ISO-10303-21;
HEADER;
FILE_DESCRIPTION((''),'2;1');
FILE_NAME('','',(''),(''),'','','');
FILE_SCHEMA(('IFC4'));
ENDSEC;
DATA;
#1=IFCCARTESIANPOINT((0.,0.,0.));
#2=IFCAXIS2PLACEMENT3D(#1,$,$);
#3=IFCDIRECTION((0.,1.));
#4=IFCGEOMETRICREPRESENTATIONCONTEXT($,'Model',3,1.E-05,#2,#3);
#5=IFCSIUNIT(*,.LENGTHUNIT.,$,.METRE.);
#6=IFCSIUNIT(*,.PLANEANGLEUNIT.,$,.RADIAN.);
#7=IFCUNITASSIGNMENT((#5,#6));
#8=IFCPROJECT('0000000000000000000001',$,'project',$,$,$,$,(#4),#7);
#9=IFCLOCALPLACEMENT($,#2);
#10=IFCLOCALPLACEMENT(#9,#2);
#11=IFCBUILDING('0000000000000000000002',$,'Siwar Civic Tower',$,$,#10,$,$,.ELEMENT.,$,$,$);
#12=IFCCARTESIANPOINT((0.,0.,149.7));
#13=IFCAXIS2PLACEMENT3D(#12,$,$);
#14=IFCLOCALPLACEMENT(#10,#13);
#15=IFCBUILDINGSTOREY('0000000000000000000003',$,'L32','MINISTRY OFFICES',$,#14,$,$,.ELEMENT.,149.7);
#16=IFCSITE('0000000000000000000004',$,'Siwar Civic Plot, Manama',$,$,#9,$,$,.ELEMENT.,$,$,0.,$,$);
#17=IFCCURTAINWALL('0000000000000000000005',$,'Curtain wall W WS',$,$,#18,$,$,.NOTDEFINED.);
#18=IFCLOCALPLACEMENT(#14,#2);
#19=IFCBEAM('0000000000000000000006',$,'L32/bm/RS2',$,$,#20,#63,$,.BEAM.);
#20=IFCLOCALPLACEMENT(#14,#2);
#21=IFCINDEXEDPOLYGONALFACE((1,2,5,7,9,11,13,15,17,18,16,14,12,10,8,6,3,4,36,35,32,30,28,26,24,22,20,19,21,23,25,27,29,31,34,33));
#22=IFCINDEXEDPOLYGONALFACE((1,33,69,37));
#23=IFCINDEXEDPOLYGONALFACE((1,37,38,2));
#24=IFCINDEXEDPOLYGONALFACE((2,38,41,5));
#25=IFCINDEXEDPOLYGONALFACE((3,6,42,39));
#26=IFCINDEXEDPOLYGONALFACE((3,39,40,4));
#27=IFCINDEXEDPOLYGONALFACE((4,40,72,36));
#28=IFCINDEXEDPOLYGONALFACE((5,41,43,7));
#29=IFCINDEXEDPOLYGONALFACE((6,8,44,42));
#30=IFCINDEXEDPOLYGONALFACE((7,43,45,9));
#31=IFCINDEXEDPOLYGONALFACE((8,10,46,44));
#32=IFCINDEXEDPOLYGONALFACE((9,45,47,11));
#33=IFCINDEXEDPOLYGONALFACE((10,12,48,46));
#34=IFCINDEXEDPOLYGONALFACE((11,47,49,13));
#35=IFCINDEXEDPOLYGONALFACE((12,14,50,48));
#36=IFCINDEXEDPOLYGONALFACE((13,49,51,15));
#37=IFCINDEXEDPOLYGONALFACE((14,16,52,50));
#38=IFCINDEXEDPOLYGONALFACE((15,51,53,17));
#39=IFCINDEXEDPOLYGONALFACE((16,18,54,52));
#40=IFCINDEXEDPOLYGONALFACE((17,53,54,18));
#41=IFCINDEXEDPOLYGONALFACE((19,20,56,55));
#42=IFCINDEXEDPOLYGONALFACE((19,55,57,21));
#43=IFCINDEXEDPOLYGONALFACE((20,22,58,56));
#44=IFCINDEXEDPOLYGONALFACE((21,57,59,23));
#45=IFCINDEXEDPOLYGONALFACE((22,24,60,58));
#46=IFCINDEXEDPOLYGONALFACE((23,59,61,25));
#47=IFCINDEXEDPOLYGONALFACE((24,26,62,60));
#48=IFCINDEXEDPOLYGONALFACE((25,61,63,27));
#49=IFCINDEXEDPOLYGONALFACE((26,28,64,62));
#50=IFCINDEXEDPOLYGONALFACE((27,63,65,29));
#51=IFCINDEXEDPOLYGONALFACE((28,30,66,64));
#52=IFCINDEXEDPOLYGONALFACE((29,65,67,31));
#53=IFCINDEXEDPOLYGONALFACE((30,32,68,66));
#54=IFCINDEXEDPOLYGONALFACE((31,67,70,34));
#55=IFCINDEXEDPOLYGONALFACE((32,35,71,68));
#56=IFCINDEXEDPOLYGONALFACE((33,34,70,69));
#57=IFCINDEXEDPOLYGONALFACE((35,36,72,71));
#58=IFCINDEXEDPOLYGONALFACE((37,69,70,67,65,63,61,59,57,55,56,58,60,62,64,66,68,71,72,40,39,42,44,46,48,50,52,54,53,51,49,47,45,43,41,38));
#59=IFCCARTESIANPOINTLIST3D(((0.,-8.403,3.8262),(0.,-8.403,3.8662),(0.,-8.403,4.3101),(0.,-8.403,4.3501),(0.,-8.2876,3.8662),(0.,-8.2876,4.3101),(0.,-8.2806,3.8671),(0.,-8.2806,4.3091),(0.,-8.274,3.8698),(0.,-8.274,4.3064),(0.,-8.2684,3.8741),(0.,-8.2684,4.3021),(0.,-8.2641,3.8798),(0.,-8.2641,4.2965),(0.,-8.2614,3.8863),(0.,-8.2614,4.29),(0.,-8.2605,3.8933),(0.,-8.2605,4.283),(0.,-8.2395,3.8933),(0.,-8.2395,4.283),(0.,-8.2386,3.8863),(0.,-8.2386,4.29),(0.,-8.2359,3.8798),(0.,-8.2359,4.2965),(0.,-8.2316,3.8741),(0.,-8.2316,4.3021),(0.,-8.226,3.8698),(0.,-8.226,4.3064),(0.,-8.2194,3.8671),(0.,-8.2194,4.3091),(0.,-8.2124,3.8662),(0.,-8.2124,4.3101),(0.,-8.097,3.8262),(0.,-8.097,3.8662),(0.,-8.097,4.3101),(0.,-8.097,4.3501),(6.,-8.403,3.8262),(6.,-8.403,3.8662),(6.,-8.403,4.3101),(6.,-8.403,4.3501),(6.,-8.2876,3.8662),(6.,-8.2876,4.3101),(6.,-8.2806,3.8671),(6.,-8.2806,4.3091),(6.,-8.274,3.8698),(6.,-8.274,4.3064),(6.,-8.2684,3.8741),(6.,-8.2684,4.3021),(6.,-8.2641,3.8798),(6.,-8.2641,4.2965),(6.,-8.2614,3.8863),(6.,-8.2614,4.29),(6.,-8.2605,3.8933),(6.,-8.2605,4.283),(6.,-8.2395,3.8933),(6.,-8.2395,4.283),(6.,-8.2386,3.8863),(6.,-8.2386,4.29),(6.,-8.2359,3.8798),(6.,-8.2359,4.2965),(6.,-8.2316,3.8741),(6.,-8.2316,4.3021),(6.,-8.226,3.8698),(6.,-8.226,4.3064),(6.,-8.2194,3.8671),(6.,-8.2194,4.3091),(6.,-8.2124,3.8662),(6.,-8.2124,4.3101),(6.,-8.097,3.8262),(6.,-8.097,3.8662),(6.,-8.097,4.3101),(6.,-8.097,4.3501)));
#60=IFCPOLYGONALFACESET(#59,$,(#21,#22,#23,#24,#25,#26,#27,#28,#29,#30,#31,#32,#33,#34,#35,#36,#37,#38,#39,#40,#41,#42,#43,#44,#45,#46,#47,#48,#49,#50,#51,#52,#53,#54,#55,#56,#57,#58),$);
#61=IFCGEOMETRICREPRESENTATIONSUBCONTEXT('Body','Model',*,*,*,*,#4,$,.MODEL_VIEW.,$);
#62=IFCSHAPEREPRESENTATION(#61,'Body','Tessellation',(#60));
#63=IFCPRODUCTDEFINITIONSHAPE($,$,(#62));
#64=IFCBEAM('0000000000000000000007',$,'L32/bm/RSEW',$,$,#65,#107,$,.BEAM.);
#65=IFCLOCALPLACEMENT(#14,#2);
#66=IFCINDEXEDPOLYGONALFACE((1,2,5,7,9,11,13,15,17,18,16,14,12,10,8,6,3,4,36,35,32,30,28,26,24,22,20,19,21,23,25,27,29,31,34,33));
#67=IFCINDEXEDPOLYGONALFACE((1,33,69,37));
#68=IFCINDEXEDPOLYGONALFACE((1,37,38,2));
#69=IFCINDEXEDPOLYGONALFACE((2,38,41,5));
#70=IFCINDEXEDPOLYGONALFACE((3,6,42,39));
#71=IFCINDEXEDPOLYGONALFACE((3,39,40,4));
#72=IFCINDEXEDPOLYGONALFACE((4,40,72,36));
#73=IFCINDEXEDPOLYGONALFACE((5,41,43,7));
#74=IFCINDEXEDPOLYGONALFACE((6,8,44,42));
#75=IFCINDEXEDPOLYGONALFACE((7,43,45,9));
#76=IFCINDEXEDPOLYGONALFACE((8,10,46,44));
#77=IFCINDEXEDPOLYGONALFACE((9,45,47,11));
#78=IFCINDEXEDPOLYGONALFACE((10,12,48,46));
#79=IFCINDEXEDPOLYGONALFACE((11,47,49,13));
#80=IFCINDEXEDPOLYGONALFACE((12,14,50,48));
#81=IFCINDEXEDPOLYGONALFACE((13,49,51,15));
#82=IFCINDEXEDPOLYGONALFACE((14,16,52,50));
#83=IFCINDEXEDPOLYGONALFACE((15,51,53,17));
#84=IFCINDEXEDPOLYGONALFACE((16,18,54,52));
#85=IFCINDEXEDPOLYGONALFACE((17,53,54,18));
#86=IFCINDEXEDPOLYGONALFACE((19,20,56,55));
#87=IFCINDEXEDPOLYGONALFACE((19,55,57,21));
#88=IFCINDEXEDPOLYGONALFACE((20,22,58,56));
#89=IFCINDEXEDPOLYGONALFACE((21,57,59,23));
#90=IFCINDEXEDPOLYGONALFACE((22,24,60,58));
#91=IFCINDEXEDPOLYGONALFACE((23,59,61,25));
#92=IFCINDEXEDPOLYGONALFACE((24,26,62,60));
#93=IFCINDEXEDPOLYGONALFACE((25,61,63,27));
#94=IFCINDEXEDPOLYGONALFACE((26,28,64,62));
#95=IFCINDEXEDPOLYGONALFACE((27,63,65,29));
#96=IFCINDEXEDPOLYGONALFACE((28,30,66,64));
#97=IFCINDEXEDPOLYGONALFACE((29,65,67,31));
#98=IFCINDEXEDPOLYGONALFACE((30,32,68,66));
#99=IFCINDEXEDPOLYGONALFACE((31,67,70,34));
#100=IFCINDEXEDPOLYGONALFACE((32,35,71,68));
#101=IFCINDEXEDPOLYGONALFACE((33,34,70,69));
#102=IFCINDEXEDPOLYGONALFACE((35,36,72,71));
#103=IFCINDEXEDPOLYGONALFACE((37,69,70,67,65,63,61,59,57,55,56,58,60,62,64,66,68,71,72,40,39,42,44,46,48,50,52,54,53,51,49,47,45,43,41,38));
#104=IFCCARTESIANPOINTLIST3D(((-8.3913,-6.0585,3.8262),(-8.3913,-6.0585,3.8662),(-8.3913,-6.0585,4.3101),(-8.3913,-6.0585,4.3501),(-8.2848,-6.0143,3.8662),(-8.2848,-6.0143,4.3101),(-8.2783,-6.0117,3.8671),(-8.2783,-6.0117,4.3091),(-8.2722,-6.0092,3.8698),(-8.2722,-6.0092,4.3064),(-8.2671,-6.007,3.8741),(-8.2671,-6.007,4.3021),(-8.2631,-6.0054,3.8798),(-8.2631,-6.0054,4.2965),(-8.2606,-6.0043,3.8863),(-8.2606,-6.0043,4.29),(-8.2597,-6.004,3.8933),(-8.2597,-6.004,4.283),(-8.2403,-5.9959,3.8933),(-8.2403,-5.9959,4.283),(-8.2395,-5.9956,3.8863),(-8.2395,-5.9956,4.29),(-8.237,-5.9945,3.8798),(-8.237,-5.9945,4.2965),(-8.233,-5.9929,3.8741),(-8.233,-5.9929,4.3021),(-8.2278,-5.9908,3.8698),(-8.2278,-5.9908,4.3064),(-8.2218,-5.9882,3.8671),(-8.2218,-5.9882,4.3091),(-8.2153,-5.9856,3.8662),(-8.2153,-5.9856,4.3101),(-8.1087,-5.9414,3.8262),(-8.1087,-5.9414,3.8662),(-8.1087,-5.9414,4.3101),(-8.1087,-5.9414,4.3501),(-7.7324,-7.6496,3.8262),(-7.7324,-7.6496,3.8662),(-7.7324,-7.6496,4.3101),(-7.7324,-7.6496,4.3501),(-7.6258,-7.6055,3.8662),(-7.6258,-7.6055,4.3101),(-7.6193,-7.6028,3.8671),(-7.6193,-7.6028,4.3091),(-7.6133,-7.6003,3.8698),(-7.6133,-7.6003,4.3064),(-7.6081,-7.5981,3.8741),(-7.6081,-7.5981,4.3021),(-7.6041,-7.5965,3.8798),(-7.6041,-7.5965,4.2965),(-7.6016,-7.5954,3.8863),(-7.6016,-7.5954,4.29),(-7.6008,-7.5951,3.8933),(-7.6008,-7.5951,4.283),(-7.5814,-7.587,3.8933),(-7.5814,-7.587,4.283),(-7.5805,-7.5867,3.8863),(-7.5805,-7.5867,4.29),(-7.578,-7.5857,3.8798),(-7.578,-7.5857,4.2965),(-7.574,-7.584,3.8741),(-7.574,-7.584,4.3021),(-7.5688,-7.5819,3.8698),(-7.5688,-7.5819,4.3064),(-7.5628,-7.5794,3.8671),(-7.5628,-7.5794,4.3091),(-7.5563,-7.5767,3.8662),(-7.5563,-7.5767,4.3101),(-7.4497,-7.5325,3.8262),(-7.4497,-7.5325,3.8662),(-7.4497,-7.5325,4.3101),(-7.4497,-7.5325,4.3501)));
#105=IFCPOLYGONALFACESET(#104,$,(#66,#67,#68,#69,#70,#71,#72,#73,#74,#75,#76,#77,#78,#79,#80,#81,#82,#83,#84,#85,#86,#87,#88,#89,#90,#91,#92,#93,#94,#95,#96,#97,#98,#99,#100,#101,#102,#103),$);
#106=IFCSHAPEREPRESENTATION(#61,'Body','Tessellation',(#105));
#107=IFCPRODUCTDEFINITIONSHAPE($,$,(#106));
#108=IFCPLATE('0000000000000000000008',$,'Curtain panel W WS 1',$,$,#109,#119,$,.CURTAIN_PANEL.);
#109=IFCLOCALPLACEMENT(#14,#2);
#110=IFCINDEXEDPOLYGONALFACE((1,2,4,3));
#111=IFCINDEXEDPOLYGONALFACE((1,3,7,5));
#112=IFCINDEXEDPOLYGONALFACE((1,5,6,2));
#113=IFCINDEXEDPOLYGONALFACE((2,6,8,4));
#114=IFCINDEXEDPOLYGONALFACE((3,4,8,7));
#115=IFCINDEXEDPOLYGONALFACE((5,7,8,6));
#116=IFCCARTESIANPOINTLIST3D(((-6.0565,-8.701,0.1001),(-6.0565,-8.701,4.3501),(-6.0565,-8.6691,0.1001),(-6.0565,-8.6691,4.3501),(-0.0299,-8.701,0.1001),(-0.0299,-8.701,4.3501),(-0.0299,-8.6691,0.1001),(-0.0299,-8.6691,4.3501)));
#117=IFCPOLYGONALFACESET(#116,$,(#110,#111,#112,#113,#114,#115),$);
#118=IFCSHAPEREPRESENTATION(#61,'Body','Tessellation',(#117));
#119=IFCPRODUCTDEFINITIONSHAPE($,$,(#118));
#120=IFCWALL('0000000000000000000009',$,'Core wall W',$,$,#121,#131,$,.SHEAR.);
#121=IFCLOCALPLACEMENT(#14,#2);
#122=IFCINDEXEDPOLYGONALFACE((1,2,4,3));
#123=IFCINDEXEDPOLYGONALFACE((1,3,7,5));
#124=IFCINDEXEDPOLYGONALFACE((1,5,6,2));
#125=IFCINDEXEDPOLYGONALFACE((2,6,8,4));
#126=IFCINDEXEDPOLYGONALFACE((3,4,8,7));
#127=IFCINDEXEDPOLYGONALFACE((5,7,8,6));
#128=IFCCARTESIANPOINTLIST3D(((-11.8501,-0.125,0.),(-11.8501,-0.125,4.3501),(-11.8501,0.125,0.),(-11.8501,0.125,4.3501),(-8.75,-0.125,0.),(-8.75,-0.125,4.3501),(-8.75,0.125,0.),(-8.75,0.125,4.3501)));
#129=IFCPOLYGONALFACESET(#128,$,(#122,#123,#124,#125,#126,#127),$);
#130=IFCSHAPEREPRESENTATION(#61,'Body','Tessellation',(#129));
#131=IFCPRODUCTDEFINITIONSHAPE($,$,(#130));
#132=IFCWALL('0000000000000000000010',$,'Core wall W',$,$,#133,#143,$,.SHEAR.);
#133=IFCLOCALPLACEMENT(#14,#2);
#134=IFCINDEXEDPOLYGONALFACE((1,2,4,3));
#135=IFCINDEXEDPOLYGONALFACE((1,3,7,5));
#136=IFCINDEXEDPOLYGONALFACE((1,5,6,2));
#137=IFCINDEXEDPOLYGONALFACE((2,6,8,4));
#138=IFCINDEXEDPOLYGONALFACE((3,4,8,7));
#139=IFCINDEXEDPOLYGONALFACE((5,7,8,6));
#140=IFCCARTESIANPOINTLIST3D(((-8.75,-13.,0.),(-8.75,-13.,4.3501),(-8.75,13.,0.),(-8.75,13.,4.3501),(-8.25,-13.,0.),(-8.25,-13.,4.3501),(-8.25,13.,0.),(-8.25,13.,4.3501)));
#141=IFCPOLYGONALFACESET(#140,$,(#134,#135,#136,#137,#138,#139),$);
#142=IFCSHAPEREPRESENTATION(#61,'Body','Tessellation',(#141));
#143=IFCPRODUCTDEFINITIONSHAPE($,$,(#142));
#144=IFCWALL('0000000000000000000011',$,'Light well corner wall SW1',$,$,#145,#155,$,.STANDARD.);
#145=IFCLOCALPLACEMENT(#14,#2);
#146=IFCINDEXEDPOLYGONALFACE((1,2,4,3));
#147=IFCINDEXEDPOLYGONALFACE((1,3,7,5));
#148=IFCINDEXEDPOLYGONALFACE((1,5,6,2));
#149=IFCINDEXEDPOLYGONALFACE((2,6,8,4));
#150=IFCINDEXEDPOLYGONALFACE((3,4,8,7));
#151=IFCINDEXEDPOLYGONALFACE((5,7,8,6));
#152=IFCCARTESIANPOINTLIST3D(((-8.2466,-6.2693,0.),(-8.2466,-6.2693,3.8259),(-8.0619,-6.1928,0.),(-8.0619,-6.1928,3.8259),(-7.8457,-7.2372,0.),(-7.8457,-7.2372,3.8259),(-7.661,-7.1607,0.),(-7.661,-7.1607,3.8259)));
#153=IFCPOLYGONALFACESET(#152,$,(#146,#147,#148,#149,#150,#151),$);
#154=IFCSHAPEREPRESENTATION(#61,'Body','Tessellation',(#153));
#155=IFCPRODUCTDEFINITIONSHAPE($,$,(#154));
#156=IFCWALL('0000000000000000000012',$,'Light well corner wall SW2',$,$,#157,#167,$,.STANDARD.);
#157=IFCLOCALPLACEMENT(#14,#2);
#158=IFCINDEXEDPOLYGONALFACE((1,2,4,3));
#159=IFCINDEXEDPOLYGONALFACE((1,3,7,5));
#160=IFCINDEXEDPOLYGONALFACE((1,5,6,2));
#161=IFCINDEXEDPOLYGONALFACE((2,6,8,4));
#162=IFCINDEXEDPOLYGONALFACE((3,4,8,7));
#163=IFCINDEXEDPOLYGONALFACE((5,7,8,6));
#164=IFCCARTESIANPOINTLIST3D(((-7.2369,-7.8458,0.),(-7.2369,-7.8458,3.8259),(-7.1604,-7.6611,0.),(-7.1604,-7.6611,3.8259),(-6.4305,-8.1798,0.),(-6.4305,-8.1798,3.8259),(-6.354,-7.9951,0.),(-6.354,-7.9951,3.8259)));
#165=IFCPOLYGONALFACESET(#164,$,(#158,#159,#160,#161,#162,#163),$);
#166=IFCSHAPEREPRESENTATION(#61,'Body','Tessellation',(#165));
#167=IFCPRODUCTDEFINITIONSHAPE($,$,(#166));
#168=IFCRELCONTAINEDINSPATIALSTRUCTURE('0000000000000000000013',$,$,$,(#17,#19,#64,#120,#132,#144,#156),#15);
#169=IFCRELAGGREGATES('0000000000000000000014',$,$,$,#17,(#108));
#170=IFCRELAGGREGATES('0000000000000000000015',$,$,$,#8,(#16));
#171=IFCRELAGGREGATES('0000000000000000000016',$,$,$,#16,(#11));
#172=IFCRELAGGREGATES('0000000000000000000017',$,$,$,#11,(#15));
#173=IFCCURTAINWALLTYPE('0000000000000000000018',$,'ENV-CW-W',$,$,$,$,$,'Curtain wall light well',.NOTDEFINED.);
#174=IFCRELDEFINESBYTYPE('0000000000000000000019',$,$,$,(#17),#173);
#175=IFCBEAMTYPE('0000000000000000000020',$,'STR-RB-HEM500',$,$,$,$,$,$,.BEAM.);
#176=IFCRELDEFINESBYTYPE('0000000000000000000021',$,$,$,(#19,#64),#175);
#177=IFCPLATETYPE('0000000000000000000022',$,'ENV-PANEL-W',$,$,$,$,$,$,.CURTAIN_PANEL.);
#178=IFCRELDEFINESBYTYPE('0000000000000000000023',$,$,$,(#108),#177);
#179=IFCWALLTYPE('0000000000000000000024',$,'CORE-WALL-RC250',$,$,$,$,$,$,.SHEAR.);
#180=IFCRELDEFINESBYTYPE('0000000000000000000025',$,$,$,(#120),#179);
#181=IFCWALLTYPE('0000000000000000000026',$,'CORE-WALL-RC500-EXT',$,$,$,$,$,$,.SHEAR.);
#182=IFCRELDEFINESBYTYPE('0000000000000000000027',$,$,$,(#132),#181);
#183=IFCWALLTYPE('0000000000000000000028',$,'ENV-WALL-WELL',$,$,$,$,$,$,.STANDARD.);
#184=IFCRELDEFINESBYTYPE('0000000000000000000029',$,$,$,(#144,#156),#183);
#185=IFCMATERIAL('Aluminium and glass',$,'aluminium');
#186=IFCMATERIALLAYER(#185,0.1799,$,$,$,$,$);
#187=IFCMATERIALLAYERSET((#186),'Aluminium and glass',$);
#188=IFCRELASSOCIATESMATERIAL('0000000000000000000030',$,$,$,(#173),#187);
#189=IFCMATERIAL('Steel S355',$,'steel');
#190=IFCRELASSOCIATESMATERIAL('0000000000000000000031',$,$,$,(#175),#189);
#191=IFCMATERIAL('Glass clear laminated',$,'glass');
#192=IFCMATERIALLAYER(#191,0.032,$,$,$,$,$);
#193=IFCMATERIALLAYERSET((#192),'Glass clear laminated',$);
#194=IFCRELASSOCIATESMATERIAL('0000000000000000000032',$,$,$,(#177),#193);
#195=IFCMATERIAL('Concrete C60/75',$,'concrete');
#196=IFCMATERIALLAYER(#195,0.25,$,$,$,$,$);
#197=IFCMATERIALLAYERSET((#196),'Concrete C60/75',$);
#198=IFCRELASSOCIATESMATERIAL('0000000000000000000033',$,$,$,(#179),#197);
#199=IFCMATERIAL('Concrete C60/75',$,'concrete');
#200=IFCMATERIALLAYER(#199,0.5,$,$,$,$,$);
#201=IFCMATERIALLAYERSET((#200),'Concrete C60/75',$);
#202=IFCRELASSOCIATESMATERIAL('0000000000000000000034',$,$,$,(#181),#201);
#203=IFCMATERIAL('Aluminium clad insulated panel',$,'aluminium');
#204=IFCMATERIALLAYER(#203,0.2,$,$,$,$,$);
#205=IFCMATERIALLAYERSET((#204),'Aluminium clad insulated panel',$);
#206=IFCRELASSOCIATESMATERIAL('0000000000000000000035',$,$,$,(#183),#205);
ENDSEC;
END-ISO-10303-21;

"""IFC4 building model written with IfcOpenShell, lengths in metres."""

from ifc_helpers import new_model, si_unit, direction, frame, frame_2d, origin, origin_2d, place, context, subcontext, project, spatial, rectangle, i_section, extrude, material, layer, layer_set, material_profile, profile_set, type_object, element, aggregate, save


model = new_model("IFC4")

# Units and contexts
model_context = context("Model", 3, precision=1e-05, world=origin(), true_north=direction((0.0, 1.0)))
body_context = subcontext(model_context, "Body", "Model", "MODEL_VIEW")
ifc_project = project(units=[si_unit("LENGTHUNIT", "METRE"), si_unit("PLANEANGLEUNIT", "RADIAN")], contexts=[model_context])

# Site, building, storey
site_placement = place(None, origin())
site = spatial("IfcSite", under=ifc_project, at=site_placement, Name="Siwar Civic Plot, Manama", CompositionType="ELEMENT", RefElevation=0.0)
building_placement = place(site_placement, origin())
building = spatial("IfcBuilding", under=site, at=building_placement, Name="Siwar Civic Tower", CompositionType="ELEMENT")
storey_placement = place(building_placement, frame((0.0, 0.0, 149.7)))
storey = spatial("IfcBuildingStorey", under=building, at=storey_placement, Name="L32", Description="MINISTRY OFFICES", CompositionType="ELEMENT", Elevation=149.7)

# Curtain wall
ifc_material_1 = material(Name="Aluminium and glass", Category="aluminium")
ifc_layer_1 = layer(ifc_material_1, 0.1799)
ifc_layer_set_1 = layer_set([ifc_layer_1], Name="Aluminium and glass")
curtain_wall_type = type_object("IfcCurtainWallType", Name="ENV-CW-W", ElementType="Curtain wall light well", PredefinedType="NOTDEFINED", material=ifc_layer_set_1)
curtain_wall_placement = place(storey_placement, origin())
curtain_wall = element("IfcCurtainWall", 1, at=curtain_wall_placement, inside=storey, type_object=curtain_wall_type, Name="Curtain wall W WS", PredefinedType="NOTDEFINED")

# Beams
ifc_material_2 = material(Name="Steel S355", Category="steel")
ifc_material_profile_1 = material_profile(ifc_material_2, i_section(OverallWidth=0.3059, OverallDepth=0.5239, WebThickness=0.021, FlangeThickness=0.04, FilletRadius=0.0271, at=origin_2d()), Name="HEM500")
ifc_profile_set_1 = profile_set([ifc_material_profile_1], Name="Steel S355")
beam_type = type_object("IfcBeamType", Name="STR-RB-HEM500", PredefinedType="BEAM", material=ifc_profile_set_1)
for number, where, z_axis, x_axis, name in (
    (2, (0.0, -8.25, 4.0881), (1.0, 0.0, 0.0), (0.0, 1.0, 0.0), "L32/bm/RS2"),
):
    element("IfcBeam", number, at=place(storey_placement, frame(where, z_axis=z_axis, x_axis=x_axis)), inside=storey, type_object=beam_type, Name=name, PredefinedType="BEAM", context=body_context, shape_type="SweptSolid", body=[
        extrude(i_section(OverallWidth=0.3059, OverallDepth=0.5239, WebThickness=0.021, FlangeThickness=0.04, FilletRadius=0.0271, at=origin_2d()), origin(), (0.0, 0.0, 1.0), 6.0),
    ])
beam_1_placement = place(storey_placement, frame((-7.5911, -7.5911, 4.0881), z_axis=(-0.382631, 0.923901, 0.0), x_axis=(-0.923901, -0.382631, 0.0)))
element("IfcBeam", 3, at=beam_1_placement, inside=storey, type_object=beam_type, Name="L32/bm/RSEW", PredefinedType="BEAM", context=body_context, shape_type="SweptSolid", body=[
    extrude(i_section(OverallWidth=0.3059, OverallDepth=0.5239, WebThickness=0.021, FlangeThickness=0.04, FilletRadius=0.0271, at=origin_2d()), origin(), (0.0, 0.0, 1.0), 1.7222),
])

# Plate
ifc_material_3 = material(Name="Glass clear laminated", Category="glass")
ifc_layer_2 = layer(ifc_material_3, 0.032)
ifc_layer_set_2 = layer_set([ifc_layer_2], Name="Glass clear laminated")
plate_type = type_object("IfcPlateType", Name="ENV-PANEL-W", PredefinedType="CURTAIN_PANEL", material=ifc_layer_set_2)
plate_placement = place(storey_placement, frame((-3.0432, -8.6851, 0.1001), z_axis=(0.0, 0.0, 1.0), x_axis=(1.0, 0.0, 0.0)))
plate = element("IfcPlate", 4, at=plate_placement, type_object=plate_type, Name="Curtain panel W WS 1", PredefinedType="CURTAIN_PANEL", context=body_context, shape_type="SweptSolid", body=[
    extrude(rectangle(XDim=6.0266, YDim=0.032, at=origin_2d()), origin(), (0.0, 0.0, 1.0), 4.25),
])
aggregate(curtain_wall, [plate])

# Walls
ifc_material_4 = material(Name="Concrete C60/75", Category="concrete")
ifc_layer_3 = layer(ifc_material_4, 0.25)
ifc_layer_set_3 = layer_set([ifc_layer_3], Name="Concrete C60/75")
wall_type_1 = type_object("IfcWallType", Name="CORE-WALL-RC250", PredefinedType="SHEAR", material=ifc_layer_set_3)
wall_1_placement = place(storey_placement, frame((-8.75, 0.0, 0.0), z_axis=(0.0, 0.0, 1.0), x_axis=(-1.0, 0.0, 0.0)))
element("IfcWall", 5, at=wall_1_placement, inside=storey, type_object=wall_type_1, Name="Core wall W", PredefinedType="SHEAR", context=body_context, shape_type="SweptSolid", body=[
    extrude(rectangle(XDim=3.1001, YDim=0.25, at=frame_2d((1.55, 0.0))), origin(), (0.0, 0.0, 1.0), 4.3501),
])
ifc_material_5 = material(Name="Concrete C60/75", Category="concrete")
ifc_layer_4 = layer(ifc_material_5, 0.5)
ifc_layer_set_4 = layer_set([ifc_layer_4], Name="Concrete C60/75")
wall_type_2 = type_object("IfcWallType", Name="CORE-WALL-RC500-EXT", PredefinedType="SHEAR", material=ifc_layer_set_4)
wall_2_placement = place(storey_placement, frame((-8.5, -13.0, 0.0), z_axis=(0.0, 0.0, 1.0), x_axis=(0.0, 1.0, 0.0)))
element("IfcWall", 6, at=wall_2_placement, inside=storey, type_object=wall_type_2, Name="Core wall W", PredefinedType="SHEAR", context=body_context, shape_type="SweptSolid", body=[
    extrude(rectangle(XDim=26.0, YDim=0.5, at=frame_2d((13.0, 0.0))), origin(), (0.0, 0.0, 1.0), 4.3501),
])
ifc_material_6 = material(Name="Aluminium clad insulated panel", Category="aluminium")
ifc_layer_5 = layer(ifc_material_6, 0.2)
ifc_layer_set_5 = layer_set([ifc_layer_5], Name="Aluminium clad insulated panel")
wall_type_3 = type_object("IfcWallType", Name="ENV-WALL-WELL", PredefinedType="STANDARD", material=ifc_layer_set_5)
wall_3_placement = place(storey_placement, frame((-8.1543, -6.231, 0.0), z_axis=(0.0, 0.0, 1.0), x_axis=(0.382695, -0.923875, 0.0)))
element("IfcWall", 7, at=wall_3_placement, inside=storey, type_object=wall_type_3, Name="Light well corner wall SW1", PredefinedType="STANDARD", context=body_context, shape_type="SweptSolid", body=[
    extrude(rectangle(XDim=1.0476, YDim=0.2, at=frame_2d((0.5239, 0.0))), origin(), (0.0, 0.0, 1.0), 3.8259),
])
wall_4_placement = place(storey_placement, frame((-7.1987, -7.7534, 0.0), z_axis=(0.0, 0.0, 1.0), x_axis=(0.923894, -0.382648, 0.0)))
element("IfcWall", 8, at=wall_4_placement, inside=storey, type_object=wall_type_3, Name="Light well corner wall SW2", PredefinedType="STANDARD", context=body_context, shape_type="SweptSolid", body=[
    extrude(rectangle(XDim=0.8728, YDim=0.2, at=frame_2d((0.4365, 0.0))), origin(), (0.0, 0.0, 1.0), 3.8259),
])

save(model, "model.ifc")
